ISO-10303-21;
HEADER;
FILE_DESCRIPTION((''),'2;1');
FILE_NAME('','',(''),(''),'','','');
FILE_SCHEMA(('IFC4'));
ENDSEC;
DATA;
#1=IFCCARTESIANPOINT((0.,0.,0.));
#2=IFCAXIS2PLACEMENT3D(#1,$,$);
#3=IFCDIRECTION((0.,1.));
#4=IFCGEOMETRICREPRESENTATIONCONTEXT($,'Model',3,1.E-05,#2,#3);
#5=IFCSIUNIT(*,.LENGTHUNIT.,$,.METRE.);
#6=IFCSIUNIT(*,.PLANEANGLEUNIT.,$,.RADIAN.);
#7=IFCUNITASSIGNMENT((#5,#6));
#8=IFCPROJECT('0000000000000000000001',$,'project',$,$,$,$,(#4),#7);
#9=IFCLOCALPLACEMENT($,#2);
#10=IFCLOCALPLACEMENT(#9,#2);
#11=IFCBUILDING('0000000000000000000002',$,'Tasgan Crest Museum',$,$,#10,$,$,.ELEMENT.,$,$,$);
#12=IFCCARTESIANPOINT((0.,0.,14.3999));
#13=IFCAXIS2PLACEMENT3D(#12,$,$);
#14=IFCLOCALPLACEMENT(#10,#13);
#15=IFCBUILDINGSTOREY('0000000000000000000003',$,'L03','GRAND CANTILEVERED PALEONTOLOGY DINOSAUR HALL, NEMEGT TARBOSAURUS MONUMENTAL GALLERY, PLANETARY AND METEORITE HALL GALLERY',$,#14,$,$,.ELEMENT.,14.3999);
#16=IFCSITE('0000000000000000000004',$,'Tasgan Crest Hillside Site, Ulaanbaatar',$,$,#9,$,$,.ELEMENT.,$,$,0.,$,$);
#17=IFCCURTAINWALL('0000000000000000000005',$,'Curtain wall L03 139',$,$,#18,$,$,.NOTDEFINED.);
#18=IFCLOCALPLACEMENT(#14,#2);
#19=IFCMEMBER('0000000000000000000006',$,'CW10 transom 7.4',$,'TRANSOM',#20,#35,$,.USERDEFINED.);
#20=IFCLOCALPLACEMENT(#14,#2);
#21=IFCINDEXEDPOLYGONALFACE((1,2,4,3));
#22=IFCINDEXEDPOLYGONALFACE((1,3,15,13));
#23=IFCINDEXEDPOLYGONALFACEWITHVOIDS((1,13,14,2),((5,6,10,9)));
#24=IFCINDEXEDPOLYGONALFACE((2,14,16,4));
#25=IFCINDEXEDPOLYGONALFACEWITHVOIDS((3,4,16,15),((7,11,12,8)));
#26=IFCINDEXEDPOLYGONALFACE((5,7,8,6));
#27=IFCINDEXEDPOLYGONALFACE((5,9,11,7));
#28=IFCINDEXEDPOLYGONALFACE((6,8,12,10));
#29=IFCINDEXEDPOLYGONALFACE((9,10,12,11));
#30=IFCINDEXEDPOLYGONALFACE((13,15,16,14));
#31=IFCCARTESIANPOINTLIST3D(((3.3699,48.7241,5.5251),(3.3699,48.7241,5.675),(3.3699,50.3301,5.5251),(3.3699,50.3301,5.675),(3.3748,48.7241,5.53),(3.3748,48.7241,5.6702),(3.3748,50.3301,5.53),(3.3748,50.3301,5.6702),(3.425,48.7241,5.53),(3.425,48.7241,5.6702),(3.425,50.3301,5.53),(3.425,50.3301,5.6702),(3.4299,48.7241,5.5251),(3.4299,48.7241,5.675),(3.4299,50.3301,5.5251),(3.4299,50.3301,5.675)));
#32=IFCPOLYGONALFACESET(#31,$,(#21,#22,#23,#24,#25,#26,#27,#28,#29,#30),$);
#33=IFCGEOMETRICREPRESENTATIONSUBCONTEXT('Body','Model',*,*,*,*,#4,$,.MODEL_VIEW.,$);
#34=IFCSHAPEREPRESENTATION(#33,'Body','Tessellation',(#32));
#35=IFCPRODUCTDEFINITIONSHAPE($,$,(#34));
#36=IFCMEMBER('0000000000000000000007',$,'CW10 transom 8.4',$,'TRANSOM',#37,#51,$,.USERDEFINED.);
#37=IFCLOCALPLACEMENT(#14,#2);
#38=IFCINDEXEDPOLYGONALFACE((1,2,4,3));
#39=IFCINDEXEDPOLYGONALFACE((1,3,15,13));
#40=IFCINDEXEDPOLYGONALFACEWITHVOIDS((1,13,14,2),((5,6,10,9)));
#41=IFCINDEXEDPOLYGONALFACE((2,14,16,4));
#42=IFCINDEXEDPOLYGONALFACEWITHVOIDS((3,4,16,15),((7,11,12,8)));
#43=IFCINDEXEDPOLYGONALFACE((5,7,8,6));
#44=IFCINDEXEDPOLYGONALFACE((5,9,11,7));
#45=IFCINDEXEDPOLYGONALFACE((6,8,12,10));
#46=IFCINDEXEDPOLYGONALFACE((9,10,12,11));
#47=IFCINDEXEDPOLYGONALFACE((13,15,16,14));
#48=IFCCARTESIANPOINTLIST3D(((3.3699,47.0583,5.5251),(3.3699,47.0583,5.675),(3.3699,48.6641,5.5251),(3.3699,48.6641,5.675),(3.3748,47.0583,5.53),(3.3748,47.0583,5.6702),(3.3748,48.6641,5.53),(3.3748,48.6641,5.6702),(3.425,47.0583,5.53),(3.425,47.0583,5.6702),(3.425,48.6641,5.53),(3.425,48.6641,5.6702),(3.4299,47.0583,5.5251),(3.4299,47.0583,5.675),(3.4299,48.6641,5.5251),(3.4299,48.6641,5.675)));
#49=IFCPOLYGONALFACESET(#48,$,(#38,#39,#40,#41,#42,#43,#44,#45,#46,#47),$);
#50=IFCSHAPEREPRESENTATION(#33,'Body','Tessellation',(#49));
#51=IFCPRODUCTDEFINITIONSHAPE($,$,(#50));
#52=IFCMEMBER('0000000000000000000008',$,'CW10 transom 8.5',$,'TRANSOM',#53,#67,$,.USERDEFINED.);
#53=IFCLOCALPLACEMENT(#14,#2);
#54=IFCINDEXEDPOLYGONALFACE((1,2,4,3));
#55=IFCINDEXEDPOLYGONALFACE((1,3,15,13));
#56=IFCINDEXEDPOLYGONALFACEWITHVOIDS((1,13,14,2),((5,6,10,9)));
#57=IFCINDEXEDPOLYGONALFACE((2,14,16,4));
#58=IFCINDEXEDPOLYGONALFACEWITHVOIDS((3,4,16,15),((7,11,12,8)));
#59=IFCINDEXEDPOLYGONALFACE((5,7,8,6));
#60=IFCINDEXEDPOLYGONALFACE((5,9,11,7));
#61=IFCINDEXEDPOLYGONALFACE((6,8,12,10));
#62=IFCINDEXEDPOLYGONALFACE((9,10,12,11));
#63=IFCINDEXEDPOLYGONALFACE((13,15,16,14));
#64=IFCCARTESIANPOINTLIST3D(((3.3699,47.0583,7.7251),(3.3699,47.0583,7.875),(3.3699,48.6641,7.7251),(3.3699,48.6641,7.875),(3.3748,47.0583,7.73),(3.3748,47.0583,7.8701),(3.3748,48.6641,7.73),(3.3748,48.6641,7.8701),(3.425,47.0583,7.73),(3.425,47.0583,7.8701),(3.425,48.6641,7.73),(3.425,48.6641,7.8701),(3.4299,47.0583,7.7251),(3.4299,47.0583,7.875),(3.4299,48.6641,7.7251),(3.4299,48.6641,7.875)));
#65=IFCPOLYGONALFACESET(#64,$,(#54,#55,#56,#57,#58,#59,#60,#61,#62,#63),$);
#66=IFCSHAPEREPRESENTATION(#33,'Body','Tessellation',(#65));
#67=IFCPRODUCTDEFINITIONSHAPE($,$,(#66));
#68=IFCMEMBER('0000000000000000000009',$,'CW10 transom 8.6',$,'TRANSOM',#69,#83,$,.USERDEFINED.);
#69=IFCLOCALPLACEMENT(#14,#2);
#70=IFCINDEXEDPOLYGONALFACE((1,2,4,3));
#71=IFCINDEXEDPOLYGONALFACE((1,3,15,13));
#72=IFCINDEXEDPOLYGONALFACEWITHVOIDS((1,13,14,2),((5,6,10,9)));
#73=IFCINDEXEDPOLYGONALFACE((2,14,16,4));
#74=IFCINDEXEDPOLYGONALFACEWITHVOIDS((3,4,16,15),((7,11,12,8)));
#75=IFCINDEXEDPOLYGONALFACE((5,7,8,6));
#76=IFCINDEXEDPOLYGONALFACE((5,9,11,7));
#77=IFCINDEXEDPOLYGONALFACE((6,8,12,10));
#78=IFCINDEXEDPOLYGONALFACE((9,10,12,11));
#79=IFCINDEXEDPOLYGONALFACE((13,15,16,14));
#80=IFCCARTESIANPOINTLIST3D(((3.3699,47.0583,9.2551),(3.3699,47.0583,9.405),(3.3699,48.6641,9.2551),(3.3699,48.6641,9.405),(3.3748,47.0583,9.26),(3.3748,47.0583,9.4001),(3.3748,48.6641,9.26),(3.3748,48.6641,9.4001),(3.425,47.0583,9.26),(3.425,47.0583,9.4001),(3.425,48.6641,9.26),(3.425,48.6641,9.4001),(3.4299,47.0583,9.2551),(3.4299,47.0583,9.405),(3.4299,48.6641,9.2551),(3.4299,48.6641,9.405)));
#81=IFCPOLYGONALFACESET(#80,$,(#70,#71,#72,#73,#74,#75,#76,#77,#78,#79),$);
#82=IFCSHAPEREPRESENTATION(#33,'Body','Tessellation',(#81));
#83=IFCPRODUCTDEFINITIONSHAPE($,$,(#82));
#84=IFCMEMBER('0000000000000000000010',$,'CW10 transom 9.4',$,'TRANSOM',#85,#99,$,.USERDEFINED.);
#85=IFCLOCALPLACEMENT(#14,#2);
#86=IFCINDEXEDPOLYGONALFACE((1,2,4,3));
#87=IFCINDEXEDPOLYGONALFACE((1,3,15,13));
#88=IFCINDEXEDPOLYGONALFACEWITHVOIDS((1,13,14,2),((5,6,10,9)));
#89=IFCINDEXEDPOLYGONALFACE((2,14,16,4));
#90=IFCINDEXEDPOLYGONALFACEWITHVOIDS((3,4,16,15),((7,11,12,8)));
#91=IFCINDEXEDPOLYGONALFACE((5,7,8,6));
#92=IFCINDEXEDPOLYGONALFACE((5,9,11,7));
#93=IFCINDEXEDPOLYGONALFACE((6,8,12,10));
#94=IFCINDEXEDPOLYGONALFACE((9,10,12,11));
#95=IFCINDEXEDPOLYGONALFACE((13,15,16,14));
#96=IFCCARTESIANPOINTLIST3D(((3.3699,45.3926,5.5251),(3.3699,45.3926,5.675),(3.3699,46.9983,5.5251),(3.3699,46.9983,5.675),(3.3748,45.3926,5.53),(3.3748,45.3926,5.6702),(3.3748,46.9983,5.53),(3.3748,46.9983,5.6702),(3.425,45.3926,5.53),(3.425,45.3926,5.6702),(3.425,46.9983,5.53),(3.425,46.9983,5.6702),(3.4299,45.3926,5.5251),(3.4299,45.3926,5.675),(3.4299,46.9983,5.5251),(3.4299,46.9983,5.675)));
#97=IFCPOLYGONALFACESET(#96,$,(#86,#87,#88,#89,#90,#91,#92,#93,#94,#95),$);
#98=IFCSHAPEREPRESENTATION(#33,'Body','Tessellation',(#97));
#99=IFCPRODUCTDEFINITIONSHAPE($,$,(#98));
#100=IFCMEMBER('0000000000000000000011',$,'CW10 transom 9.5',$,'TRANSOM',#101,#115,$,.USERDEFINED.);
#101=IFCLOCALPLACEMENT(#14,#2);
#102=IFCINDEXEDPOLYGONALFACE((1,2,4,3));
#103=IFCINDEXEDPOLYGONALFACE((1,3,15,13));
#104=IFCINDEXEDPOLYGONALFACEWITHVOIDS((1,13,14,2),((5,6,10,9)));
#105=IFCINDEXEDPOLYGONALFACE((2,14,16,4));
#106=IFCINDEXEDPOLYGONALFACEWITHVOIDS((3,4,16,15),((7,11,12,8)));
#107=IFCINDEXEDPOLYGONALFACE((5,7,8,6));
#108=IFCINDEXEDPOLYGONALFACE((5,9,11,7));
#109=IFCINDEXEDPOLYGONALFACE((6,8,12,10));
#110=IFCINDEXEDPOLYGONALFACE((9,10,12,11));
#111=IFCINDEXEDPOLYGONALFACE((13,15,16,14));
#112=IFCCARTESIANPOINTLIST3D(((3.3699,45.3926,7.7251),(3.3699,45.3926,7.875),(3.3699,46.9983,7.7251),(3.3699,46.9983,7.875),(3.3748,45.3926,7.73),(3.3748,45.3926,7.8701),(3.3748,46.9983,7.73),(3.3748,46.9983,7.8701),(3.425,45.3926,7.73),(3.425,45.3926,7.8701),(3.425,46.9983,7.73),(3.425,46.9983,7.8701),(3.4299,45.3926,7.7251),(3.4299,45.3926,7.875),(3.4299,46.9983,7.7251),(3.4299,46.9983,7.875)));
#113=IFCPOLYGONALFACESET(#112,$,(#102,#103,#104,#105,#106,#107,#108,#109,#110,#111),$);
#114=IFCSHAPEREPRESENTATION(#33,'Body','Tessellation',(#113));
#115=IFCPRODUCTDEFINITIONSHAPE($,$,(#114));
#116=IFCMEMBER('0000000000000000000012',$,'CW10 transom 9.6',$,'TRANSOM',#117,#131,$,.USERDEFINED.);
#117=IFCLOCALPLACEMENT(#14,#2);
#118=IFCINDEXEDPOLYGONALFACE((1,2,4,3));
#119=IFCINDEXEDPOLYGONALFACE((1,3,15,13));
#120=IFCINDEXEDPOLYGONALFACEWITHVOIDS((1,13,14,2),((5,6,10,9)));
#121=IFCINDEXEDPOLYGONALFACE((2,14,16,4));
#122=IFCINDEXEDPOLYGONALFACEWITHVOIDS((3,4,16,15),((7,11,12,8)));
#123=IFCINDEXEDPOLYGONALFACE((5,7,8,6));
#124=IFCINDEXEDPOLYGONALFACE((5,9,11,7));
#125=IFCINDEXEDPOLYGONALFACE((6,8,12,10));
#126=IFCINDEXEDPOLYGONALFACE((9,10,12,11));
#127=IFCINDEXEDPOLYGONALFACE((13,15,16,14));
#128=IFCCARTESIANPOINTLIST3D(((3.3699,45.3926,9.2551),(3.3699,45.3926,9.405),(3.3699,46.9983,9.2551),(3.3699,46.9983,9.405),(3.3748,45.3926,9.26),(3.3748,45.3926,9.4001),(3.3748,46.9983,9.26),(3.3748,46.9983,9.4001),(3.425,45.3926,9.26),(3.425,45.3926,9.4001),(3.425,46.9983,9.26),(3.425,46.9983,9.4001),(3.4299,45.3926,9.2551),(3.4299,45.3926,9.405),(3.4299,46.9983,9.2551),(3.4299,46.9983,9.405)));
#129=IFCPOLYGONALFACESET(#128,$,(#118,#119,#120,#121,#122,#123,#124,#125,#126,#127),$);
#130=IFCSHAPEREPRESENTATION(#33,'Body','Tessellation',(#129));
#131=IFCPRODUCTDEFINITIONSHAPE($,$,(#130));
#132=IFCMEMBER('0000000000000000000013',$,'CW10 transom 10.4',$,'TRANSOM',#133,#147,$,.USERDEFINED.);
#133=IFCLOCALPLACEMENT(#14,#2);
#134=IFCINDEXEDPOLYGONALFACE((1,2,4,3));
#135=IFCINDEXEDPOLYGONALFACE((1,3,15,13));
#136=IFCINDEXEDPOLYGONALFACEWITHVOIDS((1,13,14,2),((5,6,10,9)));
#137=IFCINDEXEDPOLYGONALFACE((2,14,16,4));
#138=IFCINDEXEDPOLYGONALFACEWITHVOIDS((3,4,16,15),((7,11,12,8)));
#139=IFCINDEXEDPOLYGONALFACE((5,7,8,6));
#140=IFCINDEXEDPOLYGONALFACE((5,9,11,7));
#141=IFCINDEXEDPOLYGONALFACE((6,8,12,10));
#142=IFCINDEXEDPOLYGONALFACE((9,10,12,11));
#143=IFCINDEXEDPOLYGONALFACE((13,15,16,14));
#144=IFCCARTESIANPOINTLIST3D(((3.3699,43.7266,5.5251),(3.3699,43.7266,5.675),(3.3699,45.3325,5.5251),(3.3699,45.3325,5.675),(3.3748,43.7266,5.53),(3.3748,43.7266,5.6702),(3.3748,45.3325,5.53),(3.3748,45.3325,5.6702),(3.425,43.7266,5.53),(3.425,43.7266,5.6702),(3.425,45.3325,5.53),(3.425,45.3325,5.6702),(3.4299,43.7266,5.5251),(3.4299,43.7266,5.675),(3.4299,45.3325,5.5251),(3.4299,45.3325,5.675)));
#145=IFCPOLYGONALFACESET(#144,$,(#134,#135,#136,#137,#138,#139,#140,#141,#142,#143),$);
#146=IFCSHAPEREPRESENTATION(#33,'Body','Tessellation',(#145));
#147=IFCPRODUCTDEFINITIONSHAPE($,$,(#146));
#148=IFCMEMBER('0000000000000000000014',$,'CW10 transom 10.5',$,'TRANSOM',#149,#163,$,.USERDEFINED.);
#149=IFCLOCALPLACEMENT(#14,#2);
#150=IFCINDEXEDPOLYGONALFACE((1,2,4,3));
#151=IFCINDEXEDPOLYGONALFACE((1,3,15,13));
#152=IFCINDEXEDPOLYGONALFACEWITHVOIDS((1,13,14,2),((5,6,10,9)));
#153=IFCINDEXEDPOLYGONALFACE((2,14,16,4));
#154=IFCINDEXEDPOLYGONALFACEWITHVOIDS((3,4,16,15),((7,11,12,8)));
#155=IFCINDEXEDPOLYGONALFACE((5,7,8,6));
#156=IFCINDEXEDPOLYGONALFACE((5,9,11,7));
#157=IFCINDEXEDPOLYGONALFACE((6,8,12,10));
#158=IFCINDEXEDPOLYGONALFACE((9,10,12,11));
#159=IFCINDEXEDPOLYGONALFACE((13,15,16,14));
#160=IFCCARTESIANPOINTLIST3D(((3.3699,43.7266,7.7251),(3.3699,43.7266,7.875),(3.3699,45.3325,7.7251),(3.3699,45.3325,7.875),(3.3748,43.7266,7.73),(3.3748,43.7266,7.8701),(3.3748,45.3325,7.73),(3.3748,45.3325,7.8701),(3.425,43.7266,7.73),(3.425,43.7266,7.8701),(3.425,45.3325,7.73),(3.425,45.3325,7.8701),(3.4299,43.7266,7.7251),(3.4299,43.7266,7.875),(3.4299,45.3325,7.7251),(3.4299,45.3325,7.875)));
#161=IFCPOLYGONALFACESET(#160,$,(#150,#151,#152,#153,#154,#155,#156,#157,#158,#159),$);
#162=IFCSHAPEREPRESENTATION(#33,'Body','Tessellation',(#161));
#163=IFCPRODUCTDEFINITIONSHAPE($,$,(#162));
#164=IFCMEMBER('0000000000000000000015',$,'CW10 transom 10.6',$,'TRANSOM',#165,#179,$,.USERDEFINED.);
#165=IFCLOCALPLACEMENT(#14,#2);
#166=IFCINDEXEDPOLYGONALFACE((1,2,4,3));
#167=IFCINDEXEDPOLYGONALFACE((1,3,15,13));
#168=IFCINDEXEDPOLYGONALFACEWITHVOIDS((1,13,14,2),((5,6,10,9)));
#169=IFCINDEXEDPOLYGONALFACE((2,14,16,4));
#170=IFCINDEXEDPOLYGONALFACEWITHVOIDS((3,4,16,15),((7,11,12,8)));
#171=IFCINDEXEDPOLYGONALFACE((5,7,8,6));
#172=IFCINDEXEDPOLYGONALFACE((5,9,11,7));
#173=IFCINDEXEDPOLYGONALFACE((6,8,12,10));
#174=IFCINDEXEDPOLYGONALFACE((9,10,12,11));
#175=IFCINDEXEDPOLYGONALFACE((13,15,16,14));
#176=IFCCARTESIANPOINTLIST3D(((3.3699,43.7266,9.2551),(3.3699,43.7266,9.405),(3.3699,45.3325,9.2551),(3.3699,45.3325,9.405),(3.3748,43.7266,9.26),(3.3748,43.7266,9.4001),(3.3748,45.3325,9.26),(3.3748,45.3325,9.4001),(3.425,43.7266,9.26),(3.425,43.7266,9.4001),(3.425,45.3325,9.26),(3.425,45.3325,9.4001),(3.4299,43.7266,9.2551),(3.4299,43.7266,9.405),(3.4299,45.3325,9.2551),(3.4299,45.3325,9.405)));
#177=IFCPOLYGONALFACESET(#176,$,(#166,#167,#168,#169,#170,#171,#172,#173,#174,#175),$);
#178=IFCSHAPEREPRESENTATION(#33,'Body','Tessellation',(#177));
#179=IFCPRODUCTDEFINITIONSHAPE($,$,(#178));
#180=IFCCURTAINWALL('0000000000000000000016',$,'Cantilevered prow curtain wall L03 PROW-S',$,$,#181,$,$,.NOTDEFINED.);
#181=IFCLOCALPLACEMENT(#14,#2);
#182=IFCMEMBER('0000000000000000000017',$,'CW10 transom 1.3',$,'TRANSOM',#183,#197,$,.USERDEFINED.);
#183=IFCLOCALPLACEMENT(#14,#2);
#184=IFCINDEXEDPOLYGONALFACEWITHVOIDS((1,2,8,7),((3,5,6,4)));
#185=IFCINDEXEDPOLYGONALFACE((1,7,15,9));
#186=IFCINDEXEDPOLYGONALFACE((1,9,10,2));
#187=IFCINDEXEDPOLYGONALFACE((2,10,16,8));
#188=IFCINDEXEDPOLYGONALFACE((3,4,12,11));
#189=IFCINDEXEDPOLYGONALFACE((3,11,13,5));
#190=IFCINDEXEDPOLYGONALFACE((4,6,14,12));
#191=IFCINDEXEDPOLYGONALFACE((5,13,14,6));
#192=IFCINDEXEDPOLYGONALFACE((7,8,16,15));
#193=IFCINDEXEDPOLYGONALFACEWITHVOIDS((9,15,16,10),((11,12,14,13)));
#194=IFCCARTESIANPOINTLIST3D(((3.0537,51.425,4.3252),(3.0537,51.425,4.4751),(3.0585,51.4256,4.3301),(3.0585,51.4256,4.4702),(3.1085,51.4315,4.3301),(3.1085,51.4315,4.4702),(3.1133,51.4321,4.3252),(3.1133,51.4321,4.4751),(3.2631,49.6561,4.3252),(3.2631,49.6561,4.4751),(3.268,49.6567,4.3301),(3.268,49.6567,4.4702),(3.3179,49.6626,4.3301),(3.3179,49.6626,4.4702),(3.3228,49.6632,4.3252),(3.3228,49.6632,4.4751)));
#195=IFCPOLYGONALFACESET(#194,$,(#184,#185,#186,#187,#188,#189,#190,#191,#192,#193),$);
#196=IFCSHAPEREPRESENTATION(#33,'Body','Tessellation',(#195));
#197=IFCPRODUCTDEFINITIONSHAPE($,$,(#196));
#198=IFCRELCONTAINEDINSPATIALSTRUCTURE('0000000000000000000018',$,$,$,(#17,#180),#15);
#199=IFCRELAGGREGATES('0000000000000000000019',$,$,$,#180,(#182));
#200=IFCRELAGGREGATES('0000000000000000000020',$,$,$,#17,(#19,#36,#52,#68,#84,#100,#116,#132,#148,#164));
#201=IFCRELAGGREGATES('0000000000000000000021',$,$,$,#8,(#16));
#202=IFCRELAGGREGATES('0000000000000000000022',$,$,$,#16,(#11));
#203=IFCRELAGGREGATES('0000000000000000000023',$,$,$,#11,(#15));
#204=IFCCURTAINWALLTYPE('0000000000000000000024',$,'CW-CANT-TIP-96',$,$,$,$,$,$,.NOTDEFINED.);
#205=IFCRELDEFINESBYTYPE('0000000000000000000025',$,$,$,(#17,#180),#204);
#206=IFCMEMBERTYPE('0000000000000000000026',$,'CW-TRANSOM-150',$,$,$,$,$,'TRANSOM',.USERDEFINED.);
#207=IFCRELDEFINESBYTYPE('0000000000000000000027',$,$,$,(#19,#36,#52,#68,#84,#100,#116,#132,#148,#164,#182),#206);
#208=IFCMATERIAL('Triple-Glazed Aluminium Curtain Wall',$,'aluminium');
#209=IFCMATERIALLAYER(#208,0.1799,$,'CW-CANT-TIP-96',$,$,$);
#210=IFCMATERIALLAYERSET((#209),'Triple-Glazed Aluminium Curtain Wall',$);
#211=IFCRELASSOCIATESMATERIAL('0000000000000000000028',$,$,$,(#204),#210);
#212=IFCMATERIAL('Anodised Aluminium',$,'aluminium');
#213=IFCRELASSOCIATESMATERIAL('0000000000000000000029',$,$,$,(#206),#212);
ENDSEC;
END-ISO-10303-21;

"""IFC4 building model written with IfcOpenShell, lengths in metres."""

from ifc_helpers import new_model, si_unit, direction, frame, origin, origin_2d, place, context, subcontext, project, spatial, hollow_rectangle, extrude, material, layer, layer_set, material_profile, profile_set, type_object, element, aggregate, save


model = new_model("IFC4")

# Units and contexts
model_context = context("Model", 3, precision=1e-05, world=origin(), true_north=direction((0.0, 1.0)))
body_context = subcontext(model_context, "Body", "Model", "MODEL_VIEW")
ifc_project = project(units=[si_unit("LENGTHUNIT", "METRE"), si_unit("PLANEANGLEUNIT", "RADIAN")], contexts=[model_context])

# Site, building, storey
site_placement = place(None, origin())
site = spatial("IfcSite", under=ifc_project, at=site_placement, Name="Tasgan Crest Hillside Site, Ulaanbaatar", CompositionType="ELEMENT", RefElevation=0.0)
building_placement = place(site_placement, origin())
building = spatial("IfcBuilding", under=site, at=building_placement, Name="Tasgan Crest Museum", CompositionType="ELEMENT")
storey_placement = place(building_placement, frame((0.0, 0.0, 14.3999)))
storey = spatial("IfcBuildingStorey", under=building, at=storey_placement, Name="L03", Description="GRAND CANTILEVERED PALEONTOLOGY DINOSAUR HALL, NEMEGT TARBOSAURUS MONUMENTAL GALLERY, PLANETARY AND METEORITE HALL GALLERY", CompositionType="ELEMENT", Elevation=14.3999)

# Curtain walls, members
ifc_material_1 = material(Name="Triple-Glazed Aluminium Curtain Wall", Category="aluminium")
ifc_layer_1 = layer(ifc_material_1, 0.1799, Name="CW-CANT-TIP-96")
ifc_layer_set_1 = layer_set([ifc_layer_1], Name="Triple-Glazed Aluminium Curtain Wall")
curtain_wall_type = type_object("IfcCurtainWallType", Name="CW-CANT-TIP-96", PredefinedType="NOTDEFINED", material=ifc_layer_set_1)
curtain_wall_1_placement = place(storey_placement, origin())
curtain_wall_1 = element("IfcCurtainWall", 1, at=curtain_wall_1_placement, inside=storey, type_object=curtain_wall_type, Name="Curtain wall L03 139", PredefinedType="NOTDEFINED")
ifc_material_2 = material(Name="Anodised Aluminium", Category="aluminium")
ifc_material_profile = material_profile(ifc_material_2, hollow_rectangle(XDim=0.0601, YDim=0.1499, WallThickness=0.0049, at=origin_2d()), Name="ALU TRANSOM 150x60x5")
ifc_profile_set = profile_set([ifc_material_profile], Name="Anodised Aluminium")
member_type = type_object("IfcMemberType", Name="CW-TRANSOM-150", ElementType="TRANSOM", PredefinedType="USERDEFINED", material=ifc_profile_set)
member_1_placement = place(storey_placement, frame((3.3999, 50.3301, 5.6001), z_axis=(0.0, -1.0, 0.0), x_axis=(1.0, 0.0, 0.0)))
member_1 = element("IfcMember", 2, at=member_1_placement, type_object=member_type, Name="CW10 transom 7.4", ObjectType="TRANSOM", PredefinedType="USERDEFINED", context=body_context, shape_type="SweptSolid", body=[
    extrude(hollow_rectangle(XDim=0.0601, YDim=0.1499, WallThickness=0.0049, at=origin_2d()), origin(), (0.0, 0.0, 1.0), 1.606),
])
member_2_placement = place(storey_placement, frame((3.3999, 48.6641, 5.6001), z_axis=(0.0, -1.0, 0.0), x_axis=(1.0, 0.0, 0.0)))
member_2 = element("IfcMember", 3, at=member_2_placement, type_object=member_type, Name="CW10 transom 8.4", ObjectType="TRANSOM", PredefinedType="USERDEFINED", context=body_context, shape_type="SweptSolid", body=[
    extrude(hollow_rectangle(XDim=0.0601, YDim=0.1499, WallThickness=0.0049, at=origin_2d()), origin(), (0.0, 0.0, 1.0), 1.6057),
])
member_3_placement = place(storey_placement, frame((3.3999, 48.6641, 7.8), z_axis=(0.0, -1.0, 0.0), x_axis=(1.0, 0.0, 0.0)))
member_3 = element("IfcMember", 4, at=member_3_placement, type_object=member_type, Name="CW10 transom 8.5", ObjectType="TRANSOM", PredefinedType="USERDEFINED", context=body_context, shape_type="SweptSolid", body=[
    extrude(hollow_rectangle(XDim=0.0601, YDim=0.1499, WallThickness=0.0049, at=origin_2d()), origin(), (0.0, 0.0, 1.0), 1.6057),
])
member_4_placement = place(storey_placement, frame((3.3999, 48.6641, 9.3301), z_axis=(0.0, -1.0, 0.0), x_axis=(1.0, 0.0, 0.0)))
member_4 = element("IfcMember", 5, at=member_4_placement, type_object=member_type, Name="CW10 transom 8.6", ObjectType="TRANSOM", PredefinedType="USERDEFINED", context=body_context, shape_type="SweptSolid", body=[
    extrude(hollow_rectangle(XDim=0.0601, YDim=0.1499, WallThickness=0.0049, at=origin_2d()), origin(), (0.0, 0.0, 1.0), 1.6057),
])
member_5_placement = place(storey_placement, frame((3.3999, 46.9983, 5.6001), z_axis=(0.0, -1.0, 0.0), x_axis=(1.0, 0.0, 0.0)))
member_5 = element("IfcMember", 6, at=member_5_placement, type_object=member_type, Name="CW10 transom 9.4", ObjectType="TRANSOM", PredefinedType="USERDEFINED", context=body_context, shape_type="SweptSolid", body=[
    extrude(hollow_rectangle(XDim=0.0601, YDim=0.1499, WallThickness=0.0049, at=origin_2d()), origin(), (0.0, 0.0, 1.0), 1.6057),
])
member_6_placement = place(storey_placement, frame((3.3999, 46.9983, 7.8), z_axis=(0.0, -1.0, 0.0), x_axis=(1.0, 0.0, 0.0)))
member_6 = element("IfcMember", 7, at=member_6_placement, type_object=member_type, Name="CW10 transom 9.5", ObjectType="TRANSOM", PredefinedType="USERDEFINED", context=body_context, shape_type="SweptSolid", body=[
    extrude(hollow_rectangle(XDim=0.0601, YDim=0.1499, WallThickness=0.0049, at=origin_2d()), origin(), (0.0, 0.0, 1.0), 1.6057),
])
member_7_placement = place(storey_placement, frame((3.3999, 46.9983, 9.3301), z_axis=(0.0, -1.0, 0.0), x_axis=(1.0, 0.0, 0.0)))
member_7 = element("IfcMember", 8, at=member_7_placement, type_object=member_type, Name="CW10 transom 9.6", ObjectType="TRANSOM", PredefinedType="USERDEFINED", context=body_context, shape_type="SweptSolid", body=[
    extrude(hollow_rectangle(XDim=0.0601, YDim=0.1499, WallThickness=0.0049, at=origin_2d()), origin(), (0.0, 0.0, 1.0), 1.6057),
])
member_8_placement = place(storey_placement, frame((3.3999, 45.3325, 5.6001), z_axis=(0.0, -1.0, 0.0), x_axis=(1.0, 0.0, 0.0)))
member_8 = element("IfcMember", 9, at=member_8_placement, type_object=member_type, Name="CW10 transom 10.4", ObjectType="TRANSOM", PredefinedType="USERDEFINED", context=body_context, shape_type="SweptSolid", body=[
    extrude(hollow_rectangle(XDim=0.0601, YDim=0.1499, WallThickness=0.0049, at=origin_2d()), origin(), (0.0, 0.0, 1.0), 1.606),
])
member_9_placement = place(storey_placement, frame((3.3999, 45.3325, 7.8), z_axis=(0.0, -1.0, 0.0), x_axis=(1.0, 0.0, 0.0)))
member_9 = element("IfcMember", 10, at=member_9_placement, type_object=member_type, Name="CW10 transom 10.5", ObjectType="TRANSOM", PredefinedType="USERDEFINED", context=body_context, shape_type="SweptSolid", body=[
    extrude(hollow_rectangle(XDim=0.0601, YDim=0.1499, WallThickness=0.0049, at=origin_2d()), origin(), (0.0, 0.0, 1.0), 1.606),
])
member_10_placement = place(storey_placement, frame((3.3999, 45.3325, 9.3301), z_axis=(0.0, -1.0, 0.0), x_axis=(1.0, 0.0, 0.0)))
member_10 = element("IfcMember", 11, at=member_10_placement, type_object=member_type, Name="CW10 transom 10.6", ObjectType="TRANSOM", PredefinedType="USERDEFINED", context=body_context, shape_type="SweptSolid", body=[
    extrude(hollow_rectangle(XDim=0.0601, YDim=0.1499, WallThickness=0.0049, at=origin_2d()), origin(), (0.0, 0.0, 1.0), 1.606),
])
curtain_wall_2_placement = place(storey_placement, origin())
curtain_wall_2 = element("IfcCurtainWall", 12, at=curtain_wall_2_placement, inside=storey, type_object=curtain_wall_type, Name="Cantilevered prow curtain wall L03 PROW-S", PredefinedType="NOTDEFINED")
member_11_placement = place(storey_placement, frame((3.293, 49.6597, 4.4001), z_axis=(-0.117605, 0.99306, 0.0), x_axis=(-0.99306, -0.117605, 0.0)))
member_11 = element("IfcMember", 13, at=member_11_placement, type_object=member_type, Name="CW10 transom 1.3", ObjectType="TRANSOM", PredefinedType="USERDEFINED", context=body_context, shape_type="SweptSolid", body=[
    extrude(hollow_rectangle(XDim=0.0601, YDim=0.1499, WallThickness=0.0049, at=origin_2d()), origin(), (0.0, 0.0, 1.0), 1.7812),
])
aggregate(curtain_wall_2, [member_11])

aggregate(curtain_wall_1, [member_1, member_2, member_3, member_4, member_5, member_6, member_7, member_8, member_9, member_10])

save(model, "model.ifc")
